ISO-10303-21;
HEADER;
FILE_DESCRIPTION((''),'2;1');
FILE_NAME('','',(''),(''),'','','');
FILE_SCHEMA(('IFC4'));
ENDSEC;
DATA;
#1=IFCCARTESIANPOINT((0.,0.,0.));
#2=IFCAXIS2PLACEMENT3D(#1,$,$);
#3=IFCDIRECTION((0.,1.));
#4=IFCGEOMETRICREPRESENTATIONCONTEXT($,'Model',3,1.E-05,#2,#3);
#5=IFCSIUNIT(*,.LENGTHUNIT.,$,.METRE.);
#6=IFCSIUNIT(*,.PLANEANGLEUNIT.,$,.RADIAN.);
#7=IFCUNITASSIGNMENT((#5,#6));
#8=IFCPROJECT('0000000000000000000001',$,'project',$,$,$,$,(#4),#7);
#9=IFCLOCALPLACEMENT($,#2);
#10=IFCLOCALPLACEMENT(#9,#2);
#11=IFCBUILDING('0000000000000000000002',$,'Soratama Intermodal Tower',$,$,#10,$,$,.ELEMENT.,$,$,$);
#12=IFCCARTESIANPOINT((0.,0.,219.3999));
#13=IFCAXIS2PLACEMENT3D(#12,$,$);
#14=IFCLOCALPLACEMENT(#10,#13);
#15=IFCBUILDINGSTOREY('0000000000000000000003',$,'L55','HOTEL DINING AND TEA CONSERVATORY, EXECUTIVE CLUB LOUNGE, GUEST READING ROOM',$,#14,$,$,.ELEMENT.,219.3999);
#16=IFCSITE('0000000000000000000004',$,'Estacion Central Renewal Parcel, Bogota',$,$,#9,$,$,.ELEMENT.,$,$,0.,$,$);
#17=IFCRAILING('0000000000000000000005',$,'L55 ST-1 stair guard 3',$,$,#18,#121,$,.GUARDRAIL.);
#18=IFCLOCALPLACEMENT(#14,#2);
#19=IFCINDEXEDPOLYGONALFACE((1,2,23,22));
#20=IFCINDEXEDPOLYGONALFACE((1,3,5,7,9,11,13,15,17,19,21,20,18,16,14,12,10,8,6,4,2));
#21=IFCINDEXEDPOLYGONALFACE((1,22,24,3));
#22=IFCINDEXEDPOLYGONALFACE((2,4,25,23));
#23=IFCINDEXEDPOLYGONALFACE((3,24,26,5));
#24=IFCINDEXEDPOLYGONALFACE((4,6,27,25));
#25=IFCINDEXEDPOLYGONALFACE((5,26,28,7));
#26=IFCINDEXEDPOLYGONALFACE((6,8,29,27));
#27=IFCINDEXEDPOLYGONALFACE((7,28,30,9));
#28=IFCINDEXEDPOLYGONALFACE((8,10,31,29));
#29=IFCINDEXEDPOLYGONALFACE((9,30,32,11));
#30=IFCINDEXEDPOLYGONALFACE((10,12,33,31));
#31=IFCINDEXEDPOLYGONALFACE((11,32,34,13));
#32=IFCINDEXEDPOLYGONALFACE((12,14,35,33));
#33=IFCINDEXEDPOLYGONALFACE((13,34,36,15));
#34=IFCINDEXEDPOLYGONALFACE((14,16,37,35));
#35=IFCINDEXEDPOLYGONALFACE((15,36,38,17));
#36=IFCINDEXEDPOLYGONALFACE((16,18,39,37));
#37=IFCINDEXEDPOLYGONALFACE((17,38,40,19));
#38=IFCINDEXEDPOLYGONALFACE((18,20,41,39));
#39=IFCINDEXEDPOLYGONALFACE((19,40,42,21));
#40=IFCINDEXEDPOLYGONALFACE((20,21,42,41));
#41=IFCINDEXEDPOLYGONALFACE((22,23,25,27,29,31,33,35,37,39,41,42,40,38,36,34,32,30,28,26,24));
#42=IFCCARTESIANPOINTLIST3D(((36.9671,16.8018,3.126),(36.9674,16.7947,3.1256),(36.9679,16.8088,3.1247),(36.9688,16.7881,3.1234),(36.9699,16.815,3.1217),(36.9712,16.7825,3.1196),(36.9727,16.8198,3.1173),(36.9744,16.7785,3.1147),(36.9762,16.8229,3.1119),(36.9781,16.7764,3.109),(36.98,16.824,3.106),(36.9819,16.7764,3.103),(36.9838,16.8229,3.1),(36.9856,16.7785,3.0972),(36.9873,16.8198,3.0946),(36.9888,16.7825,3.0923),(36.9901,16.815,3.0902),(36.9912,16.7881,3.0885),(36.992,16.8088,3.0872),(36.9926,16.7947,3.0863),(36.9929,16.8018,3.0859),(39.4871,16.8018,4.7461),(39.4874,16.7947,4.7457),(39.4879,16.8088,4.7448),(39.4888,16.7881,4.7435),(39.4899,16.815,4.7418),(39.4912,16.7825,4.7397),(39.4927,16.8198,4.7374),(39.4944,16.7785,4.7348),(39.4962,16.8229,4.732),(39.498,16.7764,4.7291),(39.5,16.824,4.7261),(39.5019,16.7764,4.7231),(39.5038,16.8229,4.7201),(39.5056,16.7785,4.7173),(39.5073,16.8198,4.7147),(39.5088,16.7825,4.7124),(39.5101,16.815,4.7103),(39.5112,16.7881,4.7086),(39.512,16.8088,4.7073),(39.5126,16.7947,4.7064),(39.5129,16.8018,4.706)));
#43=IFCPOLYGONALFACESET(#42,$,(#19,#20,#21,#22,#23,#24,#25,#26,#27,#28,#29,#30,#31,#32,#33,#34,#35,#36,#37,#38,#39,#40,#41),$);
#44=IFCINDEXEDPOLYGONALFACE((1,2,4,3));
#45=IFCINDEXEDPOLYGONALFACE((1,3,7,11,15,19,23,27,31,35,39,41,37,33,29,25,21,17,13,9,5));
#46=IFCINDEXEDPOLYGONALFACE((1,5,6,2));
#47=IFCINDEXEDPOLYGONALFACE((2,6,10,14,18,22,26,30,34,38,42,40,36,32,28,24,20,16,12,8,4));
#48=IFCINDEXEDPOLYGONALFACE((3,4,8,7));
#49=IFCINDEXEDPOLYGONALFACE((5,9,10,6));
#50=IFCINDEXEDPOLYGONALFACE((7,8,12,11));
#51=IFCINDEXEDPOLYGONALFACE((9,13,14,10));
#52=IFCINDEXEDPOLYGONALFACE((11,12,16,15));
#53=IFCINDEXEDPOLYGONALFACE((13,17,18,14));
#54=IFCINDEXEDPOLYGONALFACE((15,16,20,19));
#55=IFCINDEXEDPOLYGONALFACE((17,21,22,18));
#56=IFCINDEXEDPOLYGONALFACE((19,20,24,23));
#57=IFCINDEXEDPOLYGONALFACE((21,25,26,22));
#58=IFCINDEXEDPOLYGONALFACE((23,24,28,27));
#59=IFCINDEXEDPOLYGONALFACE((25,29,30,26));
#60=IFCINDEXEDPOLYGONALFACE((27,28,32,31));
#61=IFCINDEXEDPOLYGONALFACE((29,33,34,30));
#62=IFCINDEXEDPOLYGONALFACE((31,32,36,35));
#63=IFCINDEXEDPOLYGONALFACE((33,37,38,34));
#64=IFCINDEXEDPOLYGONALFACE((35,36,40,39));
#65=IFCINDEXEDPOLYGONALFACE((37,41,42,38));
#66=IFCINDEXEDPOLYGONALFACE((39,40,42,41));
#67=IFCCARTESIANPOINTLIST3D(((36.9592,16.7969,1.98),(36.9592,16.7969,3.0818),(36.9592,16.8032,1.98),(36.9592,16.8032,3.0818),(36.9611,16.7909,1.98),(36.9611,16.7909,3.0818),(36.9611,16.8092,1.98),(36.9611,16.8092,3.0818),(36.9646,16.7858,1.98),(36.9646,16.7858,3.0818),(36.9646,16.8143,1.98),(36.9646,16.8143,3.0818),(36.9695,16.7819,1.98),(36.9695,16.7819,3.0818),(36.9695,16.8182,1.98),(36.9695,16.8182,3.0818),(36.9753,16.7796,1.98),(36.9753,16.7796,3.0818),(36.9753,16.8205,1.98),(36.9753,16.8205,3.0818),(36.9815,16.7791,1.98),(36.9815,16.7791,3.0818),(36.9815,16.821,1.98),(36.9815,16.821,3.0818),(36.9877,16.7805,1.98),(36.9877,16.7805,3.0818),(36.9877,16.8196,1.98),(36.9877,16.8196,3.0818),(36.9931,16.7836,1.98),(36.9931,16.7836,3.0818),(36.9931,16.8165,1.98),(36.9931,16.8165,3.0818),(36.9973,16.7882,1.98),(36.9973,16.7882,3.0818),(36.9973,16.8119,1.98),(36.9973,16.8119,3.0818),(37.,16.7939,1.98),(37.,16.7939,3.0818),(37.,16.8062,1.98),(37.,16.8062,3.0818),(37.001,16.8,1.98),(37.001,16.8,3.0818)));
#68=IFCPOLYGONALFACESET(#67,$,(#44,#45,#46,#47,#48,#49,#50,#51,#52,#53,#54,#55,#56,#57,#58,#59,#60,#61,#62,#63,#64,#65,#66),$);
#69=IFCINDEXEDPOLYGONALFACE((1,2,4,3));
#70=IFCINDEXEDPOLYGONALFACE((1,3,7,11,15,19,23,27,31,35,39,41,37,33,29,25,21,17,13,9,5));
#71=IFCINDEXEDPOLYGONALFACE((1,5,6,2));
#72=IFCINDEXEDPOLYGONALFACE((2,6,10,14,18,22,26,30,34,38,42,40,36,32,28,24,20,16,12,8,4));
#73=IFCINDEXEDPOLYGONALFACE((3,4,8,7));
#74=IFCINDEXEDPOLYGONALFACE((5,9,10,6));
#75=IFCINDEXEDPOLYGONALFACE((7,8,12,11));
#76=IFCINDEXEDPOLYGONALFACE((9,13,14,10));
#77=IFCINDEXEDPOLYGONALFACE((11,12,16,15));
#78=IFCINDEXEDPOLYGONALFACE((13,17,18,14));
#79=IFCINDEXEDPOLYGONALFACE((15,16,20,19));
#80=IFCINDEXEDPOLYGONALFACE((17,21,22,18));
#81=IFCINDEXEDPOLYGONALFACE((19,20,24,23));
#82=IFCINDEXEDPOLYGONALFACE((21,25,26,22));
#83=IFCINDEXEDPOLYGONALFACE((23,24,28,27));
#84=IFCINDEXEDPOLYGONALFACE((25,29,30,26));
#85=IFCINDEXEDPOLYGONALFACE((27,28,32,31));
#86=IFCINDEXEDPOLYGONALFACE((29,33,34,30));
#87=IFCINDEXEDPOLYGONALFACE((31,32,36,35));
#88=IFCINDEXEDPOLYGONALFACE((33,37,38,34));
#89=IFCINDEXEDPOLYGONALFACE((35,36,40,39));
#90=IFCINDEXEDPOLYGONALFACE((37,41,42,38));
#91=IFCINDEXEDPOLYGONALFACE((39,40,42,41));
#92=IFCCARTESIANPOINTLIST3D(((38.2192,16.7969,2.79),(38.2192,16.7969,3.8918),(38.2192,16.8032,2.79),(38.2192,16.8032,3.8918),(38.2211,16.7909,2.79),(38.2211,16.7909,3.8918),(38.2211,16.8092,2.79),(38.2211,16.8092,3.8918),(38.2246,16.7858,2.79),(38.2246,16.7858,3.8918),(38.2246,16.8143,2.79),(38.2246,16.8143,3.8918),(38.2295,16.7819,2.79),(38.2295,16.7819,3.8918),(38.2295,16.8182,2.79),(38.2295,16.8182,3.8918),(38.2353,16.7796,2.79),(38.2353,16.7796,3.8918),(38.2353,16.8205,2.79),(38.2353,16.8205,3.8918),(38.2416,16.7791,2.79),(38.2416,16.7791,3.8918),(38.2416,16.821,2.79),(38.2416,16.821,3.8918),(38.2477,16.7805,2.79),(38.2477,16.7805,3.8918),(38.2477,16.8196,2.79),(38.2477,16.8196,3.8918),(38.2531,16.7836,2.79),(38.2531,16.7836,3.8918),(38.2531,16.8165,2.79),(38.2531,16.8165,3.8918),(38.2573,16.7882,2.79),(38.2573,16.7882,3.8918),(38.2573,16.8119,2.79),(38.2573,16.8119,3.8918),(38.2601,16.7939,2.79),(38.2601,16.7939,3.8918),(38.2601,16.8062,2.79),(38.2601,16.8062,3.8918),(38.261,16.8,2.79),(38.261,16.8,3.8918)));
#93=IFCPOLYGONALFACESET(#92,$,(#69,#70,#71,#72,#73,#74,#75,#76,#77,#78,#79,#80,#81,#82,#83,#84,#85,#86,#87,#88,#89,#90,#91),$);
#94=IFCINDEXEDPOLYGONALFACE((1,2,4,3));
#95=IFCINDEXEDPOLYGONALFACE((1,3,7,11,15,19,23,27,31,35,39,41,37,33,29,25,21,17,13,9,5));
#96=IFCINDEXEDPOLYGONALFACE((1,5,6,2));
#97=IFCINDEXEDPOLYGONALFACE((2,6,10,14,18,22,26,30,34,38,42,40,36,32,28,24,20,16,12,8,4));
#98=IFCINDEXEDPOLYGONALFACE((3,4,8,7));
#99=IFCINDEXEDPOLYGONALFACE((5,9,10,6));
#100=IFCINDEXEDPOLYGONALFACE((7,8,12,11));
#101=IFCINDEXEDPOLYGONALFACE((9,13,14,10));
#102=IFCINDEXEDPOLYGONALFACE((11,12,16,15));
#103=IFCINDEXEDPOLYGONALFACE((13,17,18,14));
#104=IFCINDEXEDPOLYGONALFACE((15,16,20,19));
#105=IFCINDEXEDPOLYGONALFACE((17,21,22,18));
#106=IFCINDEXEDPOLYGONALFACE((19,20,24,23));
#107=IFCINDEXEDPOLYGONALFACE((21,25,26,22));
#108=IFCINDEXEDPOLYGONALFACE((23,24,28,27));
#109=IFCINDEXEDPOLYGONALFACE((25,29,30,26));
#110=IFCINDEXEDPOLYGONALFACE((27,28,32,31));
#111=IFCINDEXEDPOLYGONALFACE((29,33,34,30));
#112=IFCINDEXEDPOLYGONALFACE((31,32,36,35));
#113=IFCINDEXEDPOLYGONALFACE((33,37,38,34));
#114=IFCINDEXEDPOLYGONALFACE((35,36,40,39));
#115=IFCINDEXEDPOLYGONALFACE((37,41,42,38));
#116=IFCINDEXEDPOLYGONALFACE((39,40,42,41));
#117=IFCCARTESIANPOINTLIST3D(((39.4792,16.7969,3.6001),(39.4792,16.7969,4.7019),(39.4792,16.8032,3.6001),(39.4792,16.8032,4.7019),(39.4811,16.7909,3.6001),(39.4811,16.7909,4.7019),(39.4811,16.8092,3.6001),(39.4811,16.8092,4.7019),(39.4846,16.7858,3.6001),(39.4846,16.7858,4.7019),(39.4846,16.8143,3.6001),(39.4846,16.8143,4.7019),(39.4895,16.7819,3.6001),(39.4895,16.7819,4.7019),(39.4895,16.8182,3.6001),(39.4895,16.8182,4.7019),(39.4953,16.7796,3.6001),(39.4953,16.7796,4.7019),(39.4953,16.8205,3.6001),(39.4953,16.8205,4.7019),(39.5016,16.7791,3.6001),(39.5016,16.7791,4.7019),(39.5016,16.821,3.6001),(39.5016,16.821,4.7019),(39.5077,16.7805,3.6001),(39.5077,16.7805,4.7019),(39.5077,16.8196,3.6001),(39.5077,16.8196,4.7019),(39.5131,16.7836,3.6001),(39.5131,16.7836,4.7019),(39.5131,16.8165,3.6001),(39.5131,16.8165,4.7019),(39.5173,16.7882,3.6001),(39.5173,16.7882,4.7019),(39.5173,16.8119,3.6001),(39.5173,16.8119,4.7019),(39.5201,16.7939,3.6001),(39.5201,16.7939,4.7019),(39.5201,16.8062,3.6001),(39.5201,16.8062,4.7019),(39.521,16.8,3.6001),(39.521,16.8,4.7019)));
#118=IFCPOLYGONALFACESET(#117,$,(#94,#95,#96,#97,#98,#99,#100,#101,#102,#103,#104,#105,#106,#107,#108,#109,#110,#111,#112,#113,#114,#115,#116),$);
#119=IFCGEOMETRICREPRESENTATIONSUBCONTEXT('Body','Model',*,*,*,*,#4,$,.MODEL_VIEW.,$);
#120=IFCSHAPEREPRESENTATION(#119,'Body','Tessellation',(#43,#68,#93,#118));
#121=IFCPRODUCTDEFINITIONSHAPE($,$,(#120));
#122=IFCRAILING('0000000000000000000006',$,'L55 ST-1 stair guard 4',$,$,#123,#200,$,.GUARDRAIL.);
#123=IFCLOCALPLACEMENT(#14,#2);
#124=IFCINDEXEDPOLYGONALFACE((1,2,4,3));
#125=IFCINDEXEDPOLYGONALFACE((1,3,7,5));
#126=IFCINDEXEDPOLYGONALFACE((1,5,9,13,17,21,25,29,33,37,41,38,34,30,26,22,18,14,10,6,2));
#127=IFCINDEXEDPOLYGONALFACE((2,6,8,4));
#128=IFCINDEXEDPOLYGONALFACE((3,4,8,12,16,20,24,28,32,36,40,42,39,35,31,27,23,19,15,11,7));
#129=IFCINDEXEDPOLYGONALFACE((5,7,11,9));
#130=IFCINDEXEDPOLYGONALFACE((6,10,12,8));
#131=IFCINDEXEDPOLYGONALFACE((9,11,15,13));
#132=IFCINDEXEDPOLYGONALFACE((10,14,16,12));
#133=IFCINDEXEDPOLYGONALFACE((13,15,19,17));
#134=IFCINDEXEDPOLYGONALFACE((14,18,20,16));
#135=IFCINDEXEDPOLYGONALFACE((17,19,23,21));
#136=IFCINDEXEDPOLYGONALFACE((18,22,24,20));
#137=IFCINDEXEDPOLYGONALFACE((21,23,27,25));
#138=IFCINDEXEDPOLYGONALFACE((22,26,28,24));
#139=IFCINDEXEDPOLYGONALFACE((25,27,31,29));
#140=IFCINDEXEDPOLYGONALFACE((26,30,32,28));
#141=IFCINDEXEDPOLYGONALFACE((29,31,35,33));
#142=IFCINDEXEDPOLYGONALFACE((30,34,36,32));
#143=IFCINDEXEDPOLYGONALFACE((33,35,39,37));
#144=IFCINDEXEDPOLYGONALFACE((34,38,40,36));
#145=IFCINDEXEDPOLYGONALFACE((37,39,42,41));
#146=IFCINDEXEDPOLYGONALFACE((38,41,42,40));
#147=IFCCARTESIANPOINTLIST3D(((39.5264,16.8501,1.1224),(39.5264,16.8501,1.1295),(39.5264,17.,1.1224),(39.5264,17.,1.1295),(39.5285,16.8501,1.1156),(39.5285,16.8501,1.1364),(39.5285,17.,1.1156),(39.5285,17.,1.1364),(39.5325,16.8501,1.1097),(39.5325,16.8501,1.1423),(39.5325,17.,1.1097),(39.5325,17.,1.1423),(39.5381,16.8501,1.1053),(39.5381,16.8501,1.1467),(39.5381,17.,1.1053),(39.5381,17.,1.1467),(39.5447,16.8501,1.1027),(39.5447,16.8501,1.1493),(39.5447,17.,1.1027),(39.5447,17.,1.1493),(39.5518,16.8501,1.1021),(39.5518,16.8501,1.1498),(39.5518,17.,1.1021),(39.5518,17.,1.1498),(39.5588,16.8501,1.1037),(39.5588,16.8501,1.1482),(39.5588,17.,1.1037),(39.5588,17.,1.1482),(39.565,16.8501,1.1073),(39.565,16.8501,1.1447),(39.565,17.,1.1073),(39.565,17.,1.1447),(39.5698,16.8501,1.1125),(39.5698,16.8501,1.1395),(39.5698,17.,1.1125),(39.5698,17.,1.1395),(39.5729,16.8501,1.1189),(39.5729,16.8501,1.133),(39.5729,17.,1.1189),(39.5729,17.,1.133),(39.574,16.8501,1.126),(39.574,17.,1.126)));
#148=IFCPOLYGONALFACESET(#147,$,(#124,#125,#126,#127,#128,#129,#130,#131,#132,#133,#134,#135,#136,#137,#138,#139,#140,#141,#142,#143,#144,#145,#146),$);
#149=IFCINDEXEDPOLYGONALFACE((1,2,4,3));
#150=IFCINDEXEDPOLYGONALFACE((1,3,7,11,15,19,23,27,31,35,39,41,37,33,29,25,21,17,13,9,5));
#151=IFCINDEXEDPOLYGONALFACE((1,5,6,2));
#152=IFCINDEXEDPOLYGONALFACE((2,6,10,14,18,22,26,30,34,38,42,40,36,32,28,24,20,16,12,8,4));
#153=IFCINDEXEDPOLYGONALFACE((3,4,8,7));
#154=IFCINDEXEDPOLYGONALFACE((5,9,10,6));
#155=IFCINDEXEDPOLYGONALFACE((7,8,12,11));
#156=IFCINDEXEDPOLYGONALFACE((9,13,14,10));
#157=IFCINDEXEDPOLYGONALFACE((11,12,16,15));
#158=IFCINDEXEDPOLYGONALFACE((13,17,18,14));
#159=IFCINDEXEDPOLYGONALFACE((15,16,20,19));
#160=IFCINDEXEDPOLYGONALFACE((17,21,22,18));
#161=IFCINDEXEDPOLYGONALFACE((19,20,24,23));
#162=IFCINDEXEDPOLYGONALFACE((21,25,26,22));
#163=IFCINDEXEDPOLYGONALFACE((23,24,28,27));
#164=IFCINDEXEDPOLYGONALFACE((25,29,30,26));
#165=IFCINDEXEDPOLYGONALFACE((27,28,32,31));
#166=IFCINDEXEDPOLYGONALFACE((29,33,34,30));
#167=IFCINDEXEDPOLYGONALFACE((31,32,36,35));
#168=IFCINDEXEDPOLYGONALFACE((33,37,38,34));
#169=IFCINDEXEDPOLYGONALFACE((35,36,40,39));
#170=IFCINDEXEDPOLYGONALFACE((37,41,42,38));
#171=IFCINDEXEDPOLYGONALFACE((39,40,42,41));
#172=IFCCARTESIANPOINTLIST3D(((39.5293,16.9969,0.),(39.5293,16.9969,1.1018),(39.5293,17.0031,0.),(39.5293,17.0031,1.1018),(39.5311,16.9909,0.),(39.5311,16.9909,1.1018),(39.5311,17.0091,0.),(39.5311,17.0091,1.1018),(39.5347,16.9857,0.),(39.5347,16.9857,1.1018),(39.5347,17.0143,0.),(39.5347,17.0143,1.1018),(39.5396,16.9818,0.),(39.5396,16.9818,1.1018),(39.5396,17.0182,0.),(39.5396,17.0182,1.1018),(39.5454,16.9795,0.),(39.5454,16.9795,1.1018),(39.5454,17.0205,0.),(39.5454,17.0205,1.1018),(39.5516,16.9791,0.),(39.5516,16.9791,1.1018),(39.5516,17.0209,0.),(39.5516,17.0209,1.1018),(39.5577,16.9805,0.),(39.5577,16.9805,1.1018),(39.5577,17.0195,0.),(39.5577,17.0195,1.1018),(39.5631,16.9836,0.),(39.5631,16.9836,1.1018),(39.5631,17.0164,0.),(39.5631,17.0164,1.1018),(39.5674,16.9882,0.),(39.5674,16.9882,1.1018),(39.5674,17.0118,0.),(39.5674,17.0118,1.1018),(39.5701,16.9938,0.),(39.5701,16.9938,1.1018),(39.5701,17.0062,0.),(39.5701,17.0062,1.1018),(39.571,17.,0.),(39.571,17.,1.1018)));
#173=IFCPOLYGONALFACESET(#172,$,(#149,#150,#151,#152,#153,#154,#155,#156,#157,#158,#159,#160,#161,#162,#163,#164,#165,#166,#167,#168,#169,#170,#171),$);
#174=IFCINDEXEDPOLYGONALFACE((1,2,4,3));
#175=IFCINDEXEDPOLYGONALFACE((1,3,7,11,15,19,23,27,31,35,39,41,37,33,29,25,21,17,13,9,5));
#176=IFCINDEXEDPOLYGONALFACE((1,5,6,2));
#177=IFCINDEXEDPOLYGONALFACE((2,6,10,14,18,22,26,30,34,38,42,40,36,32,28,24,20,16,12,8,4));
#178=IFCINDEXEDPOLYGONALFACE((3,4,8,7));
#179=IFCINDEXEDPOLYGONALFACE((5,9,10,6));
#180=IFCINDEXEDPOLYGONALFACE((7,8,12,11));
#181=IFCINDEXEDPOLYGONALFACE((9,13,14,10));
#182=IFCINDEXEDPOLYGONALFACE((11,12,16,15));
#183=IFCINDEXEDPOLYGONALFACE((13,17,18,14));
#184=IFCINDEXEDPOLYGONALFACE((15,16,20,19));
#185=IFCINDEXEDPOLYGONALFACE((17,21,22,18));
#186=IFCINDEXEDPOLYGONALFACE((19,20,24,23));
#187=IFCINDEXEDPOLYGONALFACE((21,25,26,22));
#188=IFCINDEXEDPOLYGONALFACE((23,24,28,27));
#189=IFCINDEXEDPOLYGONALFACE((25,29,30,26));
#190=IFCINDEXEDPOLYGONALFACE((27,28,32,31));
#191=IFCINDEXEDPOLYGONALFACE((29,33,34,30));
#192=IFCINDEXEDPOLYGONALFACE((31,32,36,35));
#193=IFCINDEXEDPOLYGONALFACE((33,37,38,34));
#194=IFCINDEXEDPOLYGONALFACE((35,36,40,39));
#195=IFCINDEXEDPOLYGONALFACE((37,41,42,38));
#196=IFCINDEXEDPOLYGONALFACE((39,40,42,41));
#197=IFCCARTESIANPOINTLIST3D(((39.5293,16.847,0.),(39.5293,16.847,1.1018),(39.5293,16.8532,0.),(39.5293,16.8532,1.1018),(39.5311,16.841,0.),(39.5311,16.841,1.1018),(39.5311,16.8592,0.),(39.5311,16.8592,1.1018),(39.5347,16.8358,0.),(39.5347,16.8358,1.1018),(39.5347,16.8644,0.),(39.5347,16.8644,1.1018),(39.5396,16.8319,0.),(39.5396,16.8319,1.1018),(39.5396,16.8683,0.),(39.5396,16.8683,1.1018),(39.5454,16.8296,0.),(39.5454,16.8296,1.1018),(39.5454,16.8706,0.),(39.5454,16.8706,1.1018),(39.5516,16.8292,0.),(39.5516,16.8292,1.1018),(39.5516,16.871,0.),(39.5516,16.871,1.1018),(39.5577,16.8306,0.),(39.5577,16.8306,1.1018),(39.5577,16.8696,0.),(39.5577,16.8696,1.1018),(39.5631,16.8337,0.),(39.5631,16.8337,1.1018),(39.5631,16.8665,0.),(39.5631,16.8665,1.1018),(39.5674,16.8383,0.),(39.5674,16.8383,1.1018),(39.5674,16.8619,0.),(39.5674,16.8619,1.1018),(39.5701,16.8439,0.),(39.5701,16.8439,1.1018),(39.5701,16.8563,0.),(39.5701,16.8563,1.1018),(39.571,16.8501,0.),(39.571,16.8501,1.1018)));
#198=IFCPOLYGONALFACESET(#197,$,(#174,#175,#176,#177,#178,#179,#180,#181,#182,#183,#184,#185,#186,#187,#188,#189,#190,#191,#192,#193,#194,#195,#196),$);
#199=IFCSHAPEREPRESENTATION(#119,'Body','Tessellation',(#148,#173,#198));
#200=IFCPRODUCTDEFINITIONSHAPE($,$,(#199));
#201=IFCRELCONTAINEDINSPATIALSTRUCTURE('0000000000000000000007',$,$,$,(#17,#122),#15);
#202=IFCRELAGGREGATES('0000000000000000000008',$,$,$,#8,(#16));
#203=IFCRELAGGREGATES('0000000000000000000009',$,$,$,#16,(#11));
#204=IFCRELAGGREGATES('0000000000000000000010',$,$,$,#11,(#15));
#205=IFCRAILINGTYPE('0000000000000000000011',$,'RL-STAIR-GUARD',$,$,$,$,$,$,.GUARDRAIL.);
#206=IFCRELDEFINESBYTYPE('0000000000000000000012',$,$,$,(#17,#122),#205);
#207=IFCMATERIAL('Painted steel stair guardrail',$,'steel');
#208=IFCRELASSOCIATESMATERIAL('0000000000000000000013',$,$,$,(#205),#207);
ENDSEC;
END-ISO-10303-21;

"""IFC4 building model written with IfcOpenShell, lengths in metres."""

from ifc_helpers import new_model, si_unit, direction, frame, origin, origin_2d, place, context, subcontext, project, spatial, circle, extrude, material, type_object, element, save


model = new_model("IFC4")

# Units and contexts
model_context = context("Model", 3, precision=1e-05, world=origin(), true_north=direction((0.0, 1.0)))
body_context = subcontext(model_context, "Body", "Model", "MODEL_VIEW")
ifc_project = project(units=[si_unit("LENGTHUNIT", "METRE"), si_unit("PLANEANGLEUNIT", "RADIAN")], contexts=[model_context])

# Site, building, storey
site_placement = place(None, origin())
site = spatial("IfcSite", under=ifc_project, at=site_placement, Name="Estacion Central Renewal Parcel, Bogota", CompositionType="ELEMENT", RefElevation=0.0)
building_placement = place(site_placement, origin())
building = spatial("IfcBuilding", under=site, at=building_placement, Name="Soratama Intermodal Tower", CompositionType="ELEMENT")
storey_placement = place(building_placement, frame((0.0, 0.0, 219.3999)))
storey = spatial("IfcBuildingStorey", under=building, at=storey_placement, Name="L55", Description="HOTEL DINING AND TEA CONSERVATORY, EXECUTIVE CLUB LOUNGE, GUEST READING ROOM", CompositionType="ELEMENT", Elevation=219.3999)

# Railings
ifc_material_1 = material(Name="Painted steel stair guardrail", Category="steel")
railing_type_1 = type_object("IfcRailingType", Name="RL-STAIR-GUARD", PredefinedType="GUARDRAIL", material=ifc_material_1)
railing_1_placement = place(storey_placement, frame((36.98, 16.8, 1.98)))
element("IfcRailing", 1, at=railing_1_placement, inside=storey, type_object=railing_type_1, Name="L55 ST-1 stair guard 3", PredefinedType="GUARDRAIL", context=body_context, shape_type="SweptSolid", body=[
    extrude(circle(Radius=0.0239, at=origin_2d()), frame((0.0, 0.0, 1.126), z_axis=(0.841163, 0.0, 0.540782), x_axis=(0.0, 1.0, 0.0)), (0.0, 0.0, 1.0), 2.9958),
    extrude(circle(Radius=0.021, at=origin_2d()), origin(), (0.0, 0.0, 1.0), 1.1018),
    extrude(circle(Radius=0.021, at=origin_2d()), frame((1.26, 0.0, 0.8101)), (0.0, 0.0, 1.0), 1.1018),
    extrude(circle(Radius=0.021, at=origin_2d()), frame((2.52, 0.0, 1.6201)), (0.0, 0.0, 1.0), 1.1018),
])
railing_2_placement = place(storey_placement, frame((39.55, 17.0, 0.0)))
element("IfcRailing", 2, at=railing_2_placement, inside=storey, type_object=railing_type_1, Name="L55 ST-1 stair guard 4", PredefinedType="GUARDRAIL", context=body_context, shape_type="SweptSolid", body=[
    extrude(circle(Radius=0.0239, at=origin_2d()), frame((0.0, 0.0, 1.126), z_axis=(0.0, -1.0, 0.0), x_axis=(1.0, 0.0, 0.0)), (0.0, 0.0, 1.0), 0.1499),
    extrude(circle(Radius=0.021, at=origin_2d()), origin(), (0.0, 0.0, 1.0), 1.1018),
    extrude(circle(Radius=0.021, at=origin_2d()), frame((0.0, -0.1499, 0.0)), (0.0, 0.0, 1.0), 1.1018),
])

save(model, "model.ifc")
